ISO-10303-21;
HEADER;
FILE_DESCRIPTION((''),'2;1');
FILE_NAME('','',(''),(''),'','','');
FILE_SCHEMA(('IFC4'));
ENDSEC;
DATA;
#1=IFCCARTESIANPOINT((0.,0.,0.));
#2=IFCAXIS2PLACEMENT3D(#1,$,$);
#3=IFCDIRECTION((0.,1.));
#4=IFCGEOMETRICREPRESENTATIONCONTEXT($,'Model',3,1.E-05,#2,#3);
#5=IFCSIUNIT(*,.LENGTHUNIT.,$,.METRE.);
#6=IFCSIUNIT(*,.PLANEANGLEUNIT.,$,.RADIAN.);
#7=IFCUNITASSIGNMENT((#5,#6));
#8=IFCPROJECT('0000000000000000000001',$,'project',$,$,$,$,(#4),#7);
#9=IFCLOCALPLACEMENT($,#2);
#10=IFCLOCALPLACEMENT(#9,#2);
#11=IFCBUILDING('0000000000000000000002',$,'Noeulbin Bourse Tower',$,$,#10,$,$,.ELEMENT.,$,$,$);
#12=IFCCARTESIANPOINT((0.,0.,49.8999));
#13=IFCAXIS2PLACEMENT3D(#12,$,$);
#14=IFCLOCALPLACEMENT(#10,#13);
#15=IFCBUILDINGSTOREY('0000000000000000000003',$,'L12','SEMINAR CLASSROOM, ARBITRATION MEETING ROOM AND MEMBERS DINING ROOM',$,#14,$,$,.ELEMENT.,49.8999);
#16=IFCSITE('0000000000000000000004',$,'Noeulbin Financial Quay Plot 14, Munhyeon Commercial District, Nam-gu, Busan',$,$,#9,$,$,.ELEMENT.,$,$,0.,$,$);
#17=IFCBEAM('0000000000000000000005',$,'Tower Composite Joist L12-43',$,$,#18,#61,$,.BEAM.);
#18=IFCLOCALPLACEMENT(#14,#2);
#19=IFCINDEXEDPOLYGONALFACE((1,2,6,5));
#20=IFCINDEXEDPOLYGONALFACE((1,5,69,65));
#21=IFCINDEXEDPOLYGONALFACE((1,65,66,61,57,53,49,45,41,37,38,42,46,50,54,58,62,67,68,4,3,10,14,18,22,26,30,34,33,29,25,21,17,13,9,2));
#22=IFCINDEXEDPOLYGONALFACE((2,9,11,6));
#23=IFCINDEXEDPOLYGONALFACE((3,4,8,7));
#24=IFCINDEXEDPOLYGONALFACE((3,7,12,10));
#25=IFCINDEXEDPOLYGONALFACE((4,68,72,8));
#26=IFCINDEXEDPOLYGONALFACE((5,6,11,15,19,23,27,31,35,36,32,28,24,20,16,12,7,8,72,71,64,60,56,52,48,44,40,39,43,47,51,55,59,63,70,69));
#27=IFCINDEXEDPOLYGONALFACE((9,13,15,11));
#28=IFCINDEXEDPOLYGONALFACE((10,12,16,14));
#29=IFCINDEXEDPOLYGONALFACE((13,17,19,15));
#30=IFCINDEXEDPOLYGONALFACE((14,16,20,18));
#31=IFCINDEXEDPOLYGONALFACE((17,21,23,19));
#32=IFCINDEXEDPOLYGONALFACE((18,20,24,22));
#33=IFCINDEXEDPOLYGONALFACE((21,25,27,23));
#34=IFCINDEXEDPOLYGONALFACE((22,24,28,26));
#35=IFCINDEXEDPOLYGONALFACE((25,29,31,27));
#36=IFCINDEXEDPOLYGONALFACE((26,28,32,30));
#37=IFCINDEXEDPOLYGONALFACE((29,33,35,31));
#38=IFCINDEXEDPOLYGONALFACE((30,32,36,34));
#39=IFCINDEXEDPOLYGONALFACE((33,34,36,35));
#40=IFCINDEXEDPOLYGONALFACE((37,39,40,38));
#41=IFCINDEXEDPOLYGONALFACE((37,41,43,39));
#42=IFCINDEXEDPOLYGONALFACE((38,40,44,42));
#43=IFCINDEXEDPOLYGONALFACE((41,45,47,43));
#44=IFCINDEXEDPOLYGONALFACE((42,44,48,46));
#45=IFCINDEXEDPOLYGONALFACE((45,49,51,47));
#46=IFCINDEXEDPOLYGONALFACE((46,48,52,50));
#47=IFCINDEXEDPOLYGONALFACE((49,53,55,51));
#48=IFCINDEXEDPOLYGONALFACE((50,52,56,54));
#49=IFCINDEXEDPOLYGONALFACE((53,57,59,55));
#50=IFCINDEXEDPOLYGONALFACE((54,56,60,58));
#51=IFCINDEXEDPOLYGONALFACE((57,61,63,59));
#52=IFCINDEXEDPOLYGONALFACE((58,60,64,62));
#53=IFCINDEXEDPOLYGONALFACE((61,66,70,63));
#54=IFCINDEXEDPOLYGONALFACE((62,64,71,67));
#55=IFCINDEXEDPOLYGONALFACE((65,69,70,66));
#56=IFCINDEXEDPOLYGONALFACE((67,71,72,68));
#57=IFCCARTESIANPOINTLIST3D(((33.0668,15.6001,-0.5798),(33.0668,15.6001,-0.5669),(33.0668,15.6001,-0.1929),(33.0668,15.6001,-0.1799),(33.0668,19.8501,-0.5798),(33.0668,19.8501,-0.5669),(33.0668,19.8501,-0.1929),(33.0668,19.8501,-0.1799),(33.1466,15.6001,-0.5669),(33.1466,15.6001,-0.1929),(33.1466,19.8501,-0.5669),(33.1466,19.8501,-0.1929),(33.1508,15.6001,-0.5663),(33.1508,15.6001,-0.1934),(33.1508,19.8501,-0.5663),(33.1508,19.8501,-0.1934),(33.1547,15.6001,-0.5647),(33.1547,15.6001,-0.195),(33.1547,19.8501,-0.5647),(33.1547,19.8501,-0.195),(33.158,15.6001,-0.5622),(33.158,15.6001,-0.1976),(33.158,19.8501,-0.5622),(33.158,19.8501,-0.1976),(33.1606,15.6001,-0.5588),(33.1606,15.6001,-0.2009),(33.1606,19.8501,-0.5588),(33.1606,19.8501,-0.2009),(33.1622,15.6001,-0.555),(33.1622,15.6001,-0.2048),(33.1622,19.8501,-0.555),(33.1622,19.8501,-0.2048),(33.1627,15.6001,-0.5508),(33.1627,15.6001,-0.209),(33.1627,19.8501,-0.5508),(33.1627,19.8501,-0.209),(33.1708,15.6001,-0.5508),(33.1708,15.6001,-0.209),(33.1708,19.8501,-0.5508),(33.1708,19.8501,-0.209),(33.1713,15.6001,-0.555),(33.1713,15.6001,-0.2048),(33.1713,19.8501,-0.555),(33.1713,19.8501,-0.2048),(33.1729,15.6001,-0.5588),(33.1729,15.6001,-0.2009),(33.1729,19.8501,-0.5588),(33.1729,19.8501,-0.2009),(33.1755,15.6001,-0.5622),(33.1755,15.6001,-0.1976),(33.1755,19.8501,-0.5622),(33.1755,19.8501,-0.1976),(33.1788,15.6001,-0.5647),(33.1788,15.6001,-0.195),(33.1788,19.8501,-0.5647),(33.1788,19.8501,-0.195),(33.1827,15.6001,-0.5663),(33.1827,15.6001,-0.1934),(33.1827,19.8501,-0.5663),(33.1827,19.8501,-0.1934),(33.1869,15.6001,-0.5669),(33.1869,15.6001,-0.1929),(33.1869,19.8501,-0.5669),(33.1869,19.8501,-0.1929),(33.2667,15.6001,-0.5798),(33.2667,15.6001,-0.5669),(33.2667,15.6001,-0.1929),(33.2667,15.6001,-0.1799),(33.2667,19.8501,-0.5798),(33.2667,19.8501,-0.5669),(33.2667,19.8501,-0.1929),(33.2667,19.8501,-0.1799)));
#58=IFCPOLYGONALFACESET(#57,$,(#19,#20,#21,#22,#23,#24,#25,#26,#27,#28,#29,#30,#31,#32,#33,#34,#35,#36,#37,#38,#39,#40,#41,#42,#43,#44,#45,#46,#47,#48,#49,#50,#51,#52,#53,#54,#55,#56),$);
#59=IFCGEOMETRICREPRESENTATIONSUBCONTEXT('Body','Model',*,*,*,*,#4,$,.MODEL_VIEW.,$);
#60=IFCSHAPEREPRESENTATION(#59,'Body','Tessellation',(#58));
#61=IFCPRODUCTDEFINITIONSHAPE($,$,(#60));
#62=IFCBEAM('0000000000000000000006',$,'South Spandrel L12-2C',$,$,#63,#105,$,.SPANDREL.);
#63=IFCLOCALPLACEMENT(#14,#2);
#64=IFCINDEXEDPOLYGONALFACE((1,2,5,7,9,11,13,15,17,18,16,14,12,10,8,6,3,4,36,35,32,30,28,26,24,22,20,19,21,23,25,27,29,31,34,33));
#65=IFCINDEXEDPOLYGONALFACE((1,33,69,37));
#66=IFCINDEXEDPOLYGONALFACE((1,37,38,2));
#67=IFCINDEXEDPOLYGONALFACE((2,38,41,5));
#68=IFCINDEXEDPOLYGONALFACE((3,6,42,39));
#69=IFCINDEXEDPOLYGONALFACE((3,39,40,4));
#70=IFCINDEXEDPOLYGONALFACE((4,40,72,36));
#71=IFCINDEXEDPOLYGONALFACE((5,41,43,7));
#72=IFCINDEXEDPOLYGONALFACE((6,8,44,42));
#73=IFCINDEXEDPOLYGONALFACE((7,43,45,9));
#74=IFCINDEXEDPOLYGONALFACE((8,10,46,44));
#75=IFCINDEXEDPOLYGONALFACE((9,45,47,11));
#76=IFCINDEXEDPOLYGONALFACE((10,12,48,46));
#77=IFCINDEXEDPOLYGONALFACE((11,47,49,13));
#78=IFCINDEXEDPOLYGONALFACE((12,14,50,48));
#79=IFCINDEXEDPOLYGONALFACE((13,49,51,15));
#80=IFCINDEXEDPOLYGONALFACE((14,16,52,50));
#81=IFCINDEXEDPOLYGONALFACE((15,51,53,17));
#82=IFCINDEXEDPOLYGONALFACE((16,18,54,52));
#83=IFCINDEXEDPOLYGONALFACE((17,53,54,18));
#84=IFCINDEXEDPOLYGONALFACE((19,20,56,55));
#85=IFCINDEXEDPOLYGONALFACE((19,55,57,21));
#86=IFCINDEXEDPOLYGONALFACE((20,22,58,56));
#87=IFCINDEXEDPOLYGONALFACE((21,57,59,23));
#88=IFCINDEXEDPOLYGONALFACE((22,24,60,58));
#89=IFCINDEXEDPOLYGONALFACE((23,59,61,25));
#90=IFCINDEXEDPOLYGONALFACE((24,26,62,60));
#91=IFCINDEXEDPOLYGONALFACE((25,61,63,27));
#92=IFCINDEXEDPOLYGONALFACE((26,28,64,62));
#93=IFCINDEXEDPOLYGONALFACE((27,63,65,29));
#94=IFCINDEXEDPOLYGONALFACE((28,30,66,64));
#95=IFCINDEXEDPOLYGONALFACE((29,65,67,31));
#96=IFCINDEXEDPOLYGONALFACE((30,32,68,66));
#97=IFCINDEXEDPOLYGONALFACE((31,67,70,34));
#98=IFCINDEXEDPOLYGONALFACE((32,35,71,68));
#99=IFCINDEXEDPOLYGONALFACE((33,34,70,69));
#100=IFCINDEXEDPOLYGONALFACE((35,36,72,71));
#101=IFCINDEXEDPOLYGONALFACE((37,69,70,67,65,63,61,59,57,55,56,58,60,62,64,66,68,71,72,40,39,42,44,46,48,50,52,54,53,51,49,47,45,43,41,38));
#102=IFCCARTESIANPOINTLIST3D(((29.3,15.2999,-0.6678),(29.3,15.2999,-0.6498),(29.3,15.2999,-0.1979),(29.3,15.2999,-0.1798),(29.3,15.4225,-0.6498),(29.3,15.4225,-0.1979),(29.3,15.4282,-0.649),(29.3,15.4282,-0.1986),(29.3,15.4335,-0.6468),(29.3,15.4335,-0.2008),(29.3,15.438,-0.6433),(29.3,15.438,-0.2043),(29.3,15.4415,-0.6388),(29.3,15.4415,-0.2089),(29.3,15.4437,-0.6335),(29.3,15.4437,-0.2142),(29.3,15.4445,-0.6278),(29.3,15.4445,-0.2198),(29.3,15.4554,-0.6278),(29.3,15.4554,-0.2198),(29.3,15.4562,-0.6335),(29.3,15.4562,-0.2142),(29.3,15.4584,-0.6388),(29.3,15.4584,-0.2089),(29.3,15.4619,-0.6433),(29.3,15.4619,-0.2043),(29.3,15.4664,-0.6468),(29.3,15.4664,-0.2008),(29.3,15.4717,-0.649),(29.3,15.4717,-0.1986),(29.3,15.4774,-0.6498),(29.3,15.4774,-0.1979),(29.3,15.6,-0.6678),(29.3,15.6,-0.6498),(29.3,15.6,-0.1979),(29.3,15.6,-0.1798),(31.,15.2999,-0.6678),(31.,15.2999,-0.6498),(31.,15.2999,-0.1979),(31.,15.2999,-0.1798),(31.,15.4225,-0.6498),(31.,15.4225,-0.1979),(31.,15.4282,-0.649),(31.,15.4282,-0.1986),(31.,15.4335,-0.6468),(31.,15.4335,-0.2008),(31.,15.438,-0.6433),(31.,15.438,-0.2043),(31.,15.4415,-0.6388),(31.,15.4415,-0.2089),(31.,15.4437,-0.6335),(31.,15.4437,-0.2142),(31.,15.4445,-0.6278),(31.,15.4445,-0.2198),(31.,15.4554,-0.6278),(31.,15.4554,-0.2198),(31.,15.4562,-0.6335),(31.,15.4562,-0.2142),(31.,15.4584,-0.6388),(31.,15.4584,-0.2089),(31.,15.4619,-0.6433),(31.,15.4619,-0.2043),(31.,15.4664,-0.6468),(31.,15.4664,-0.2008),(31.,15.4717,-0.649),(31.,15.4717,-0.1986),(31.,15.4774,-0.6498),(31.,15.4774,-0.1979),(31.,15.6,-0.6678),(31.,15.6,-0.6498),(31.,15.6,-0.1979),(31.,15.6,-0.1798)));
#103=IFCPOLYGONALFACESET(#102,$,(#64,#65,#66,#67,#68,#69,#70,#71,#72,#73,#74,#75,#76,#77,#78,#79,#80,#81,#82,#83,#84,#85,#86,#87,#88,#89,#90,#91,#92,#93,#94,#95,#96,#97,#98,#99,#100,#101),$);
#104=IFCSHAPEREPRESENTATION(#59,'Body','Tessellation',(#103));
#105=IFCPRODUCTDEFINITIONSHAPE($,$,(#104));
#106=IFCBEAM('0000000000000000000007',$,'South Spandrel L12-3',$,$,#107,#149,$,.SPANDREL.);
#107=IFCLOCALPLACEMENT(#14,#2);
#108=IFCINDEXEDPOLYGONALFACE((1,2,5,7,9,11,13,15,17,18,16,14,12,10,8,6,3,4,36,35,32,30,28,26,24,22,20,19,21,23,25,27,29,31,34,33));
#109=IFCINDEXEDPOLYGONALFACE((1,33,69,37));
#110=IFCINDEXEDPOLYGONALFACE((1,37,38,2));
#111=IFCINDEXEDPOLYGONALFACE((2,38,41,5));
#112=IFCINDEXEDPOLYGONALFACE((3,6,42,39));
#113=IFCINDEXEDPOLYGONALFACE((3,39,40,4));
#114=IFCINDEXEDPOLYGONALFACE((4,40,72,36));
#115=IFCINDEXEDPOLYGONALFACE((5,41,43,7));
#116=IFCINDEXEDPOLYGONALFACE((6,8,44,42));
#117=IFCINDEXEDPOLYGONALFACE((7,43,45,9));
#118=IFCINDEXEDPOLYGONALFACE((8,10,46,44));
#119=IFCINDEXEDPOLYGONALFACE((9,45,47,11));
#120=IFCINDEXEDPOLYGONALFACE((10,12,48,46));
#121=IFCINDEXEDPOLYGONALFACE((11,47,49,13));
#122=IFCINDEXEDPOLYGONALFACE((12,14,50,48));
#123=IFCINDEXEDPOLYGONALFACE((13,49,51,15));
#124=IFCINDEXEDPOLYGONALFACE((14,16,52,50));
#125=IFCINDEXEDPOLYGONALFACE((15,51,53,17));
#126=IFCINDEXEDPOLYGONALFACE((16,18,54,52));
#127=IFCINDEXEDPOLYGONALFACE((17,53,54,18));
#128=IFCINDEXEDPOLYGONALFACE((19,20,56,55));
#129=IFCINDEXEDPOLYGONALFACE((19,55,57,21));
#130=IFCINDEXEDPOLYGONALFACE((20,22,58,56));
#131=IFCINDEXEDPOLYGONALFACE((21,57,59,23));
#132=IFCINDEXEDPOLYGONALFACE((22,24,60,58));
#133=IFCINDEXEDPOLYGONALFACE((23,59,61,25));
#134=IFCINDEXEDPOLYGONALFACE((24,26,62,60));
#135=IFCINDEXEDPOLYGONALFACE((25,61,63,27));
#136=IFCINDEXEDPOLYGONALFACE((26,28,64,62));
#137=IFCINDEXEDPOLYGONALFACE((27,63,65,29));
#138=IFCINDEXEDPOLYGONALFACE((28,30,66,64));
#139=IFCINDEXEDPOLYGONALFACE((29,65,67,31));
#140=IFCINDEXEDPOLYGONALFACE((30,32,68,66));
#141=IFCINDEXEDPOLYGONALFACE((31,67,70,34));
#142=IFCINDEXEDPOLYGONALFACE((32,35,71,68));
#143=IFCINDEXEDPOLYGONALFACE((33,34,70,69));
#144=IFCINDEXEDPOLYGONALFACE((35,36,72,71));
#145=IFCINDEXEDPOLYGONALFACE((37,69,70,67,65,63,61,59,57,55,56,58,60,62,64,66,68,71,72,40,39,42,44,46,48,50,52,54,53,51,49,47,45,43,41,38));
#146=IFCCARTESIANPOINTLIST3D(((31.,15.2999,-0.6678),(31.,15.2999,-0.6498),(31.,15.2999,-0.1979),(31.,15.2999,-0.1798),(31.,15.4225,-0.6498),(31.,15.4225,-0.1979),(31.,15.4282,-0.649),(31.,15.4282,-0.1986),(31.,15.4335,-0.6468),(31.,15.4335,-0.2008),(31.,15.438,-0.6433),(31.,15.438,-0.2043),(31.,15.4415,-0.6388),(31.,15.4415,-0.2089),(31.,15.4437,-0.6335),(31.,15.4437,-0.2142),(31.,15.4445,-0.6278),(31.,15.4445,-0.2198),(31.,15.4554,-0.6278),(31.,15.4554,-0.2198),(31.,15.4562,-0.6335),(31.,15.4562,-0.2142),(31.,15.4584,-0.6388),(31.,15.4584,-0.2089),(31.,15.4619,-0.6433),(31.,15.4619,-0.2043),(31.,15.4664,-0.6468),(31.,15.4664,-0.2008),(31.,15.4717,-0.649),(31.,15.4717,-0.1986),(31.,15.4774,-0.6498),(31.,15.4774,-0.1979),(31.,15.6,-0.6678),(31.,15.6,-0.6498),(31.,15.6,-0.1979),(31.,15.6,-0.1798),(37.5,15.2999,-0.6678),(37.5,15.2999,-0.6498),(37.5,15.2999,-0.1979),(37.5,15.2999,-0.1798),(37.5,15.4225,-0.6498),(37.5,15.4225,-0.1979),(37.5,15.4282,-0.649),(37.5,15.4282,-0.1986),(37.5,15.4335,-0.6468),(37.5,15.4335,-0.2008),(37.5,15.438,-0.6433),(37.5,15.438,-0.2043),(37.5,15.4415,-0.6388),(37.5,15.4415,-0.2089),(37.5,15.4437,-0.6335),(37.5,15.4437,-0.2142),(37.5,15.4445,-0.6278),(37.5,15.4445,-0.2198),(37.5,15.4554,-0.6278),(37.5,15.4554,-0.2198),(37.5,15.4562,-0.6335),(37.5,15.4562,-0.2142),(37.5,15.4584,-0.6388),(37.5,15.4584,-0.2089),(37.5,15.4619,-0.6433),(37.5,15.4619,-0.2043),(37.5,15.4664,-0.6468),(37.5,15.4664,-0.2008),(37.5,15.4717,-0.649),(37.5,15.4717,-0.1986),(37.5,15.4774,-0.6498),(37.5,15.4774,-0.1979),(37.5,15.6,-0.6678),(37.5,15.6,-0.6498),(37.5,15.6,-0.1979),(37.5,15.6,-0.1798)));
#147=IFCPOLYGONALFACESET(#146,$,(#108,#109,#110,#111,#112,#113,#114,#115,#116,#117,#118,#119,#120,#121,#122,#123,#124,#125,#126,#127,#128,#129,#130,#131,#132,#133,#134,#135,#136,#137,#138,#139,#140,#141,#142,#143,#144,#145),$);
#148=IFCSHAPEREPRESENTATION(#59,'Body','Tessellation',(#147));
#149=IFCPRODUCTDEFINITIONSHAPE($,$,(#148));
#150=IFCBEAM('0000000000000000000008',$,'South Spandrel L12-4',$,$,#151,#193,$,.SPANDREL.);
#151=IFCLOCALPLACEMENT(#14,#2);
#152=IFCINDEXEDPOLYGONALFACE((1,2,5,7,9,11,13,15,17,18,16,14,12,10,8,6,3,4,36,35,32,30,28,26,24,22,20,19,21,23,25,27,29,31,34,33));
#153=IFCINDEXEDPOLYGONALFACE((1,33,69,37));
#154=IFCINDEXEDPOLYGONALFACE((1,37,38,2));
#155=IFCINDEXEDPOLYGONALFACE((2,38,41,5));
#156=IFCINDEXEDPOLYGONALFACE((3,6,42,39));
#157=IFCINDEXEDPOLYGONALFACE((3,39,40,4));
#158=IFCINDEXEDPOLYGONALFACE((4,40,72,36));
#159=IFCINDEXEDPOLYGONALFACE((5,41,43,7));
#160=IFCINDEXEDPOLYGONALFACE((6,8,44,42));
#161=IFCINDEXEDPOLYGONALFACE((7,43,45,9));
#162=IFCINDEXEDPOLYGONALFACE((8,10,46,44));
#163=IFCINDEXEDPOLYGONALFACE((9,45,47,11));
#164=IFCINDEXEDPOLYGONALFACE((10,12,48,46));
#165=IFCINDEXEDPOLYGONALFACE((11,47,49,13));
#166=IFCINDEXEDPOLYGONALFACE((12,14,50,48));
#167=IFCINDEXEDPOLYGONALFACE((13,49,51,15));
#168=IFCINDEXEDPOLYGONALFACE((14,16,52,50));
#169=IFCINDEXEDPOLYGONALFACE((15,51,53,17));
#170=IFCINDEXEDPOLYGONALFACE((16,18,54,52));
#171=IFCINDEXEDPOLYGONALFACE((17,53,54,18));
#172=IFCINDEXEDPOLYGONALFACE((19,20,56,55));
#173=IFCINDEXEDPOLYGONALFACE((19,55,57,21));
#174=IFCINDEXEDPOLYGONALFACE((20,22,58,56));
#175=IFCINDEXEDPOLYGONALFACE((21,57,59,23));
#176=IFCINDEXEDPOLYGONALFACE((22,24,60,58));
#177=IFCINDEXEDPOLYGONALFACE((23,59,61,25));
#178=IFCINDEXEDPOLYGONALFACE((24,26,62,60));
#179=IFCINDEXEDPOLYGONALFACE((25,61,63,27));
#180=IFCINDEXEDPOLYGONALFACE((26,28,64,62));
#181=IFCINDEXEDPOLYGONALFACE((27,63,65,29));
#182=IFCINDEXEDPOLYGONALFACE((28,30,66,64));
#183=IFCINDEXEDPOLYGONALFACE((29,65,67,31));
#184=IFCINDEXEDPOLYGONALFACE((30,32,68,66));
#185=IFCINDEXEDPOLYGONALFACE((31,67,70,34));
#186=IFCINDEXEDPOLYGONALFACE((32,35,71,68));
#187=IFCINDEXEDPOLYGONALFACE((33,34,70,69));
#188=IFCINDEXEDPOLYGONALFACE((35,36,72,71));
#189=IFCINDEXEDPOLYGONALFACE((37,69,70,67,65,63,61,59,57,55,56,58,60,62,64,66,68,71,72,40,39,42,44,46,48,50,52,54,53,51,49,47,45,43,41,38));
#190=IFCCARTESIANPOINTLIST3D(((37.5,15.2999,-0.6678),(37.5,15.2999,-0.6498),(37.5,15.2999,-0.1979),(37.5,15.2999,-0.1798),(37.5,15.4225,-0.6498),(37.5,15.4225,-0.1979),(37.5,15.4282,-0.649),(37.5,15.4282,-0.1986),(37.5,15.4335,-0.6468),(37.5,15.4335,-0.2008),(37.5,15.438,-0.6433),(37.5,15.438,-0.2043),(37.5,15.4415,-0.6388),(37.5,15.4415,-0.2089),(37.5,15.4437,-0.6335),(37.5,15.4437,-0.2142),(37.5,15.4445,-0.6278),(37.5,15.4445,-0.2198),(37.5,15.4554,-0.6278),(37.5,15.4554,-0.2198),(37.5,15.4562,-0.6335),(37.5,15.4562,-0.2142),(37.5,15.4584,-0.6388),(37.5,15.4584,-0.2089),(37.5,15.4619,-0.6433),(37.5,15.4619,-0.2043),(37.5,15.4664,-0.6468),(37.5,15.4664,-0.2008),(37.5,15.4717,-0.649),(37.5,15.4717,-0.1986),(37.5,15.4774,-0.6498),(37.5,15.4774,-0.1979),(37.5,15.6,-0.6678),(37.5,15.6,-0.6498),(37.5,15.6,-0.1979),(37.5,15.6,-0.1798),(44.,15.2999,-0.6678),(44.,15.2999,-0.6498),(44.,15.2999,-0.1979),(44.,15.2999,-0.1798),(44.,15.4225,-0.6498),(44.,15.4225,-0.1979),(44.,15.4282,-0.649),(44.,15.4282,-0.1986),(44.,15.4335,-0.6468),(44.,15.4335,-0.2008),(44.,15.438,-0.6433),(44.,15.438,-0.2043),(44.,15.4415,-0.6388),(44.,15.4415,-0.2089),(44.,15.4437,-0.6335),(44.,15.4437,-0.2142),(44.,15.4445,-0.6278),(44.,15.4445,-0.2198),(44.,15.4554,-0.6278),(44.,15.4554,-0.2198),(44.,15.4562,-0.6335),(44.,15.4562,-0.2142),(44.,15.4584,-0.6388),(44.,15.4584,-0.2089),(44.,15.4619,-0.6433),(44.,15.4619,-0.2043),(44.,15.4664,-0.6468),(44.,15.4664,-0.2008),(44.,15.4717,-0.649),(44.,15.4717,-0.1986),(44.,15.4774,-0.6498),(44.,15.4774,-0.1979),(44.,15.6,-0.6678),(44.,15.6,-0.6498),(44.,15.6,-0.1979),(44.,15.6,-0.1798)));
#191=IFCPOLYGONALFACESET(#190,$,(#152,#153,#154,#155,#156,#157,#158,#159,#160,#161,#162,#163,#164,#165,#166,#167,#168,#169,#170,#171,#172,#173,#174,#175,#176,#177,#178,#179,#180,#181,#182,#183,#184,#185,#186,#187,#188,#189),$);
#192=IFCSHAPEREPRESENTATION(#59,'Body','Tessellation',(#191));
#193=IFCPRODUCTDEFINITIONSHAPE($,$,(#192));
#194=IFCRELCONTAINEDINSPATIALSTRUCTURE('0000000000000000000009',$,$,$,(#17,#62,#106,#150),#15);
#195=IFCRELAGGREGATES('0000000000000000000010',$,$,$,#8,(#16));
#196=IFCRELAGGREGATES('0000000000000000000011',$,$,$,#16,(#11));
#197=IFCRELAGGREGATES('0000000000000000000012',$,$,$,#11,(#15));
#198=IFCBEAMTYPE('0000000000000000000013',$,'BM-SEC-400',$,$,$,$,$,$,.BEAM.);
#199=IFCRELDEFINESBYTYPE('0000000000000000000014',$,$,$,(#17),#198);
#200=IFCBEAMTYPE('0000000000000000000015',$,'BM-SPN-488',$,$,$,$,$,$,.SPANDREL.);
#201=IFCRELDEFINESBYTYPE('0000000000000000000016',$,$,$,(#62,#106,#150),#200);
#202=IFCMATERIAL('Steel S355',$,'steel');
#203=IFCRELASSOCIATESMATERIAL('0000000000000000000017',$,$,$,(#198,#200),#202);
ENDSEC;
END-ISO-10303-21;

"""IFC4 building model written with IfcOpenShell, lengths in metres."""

from ifc_helpers import new_model, si_unit, direction, frame, origin, origin_2d, place, context, subcontext, project, spatial, i_section, extrude, material, material_profile, profile_set, type_object, element, save


model = new_model("IFC4")

# Units and contexts
model_context = context("Model", 3, precision=1e-05, world=origin(), true_north=direction((0.0, 1.0)))
body_context = subcontext(model_context, "Body", "Model", "MODEL_VIEW")
ifc_project = project(units=[si_unit("LENGTHUNIT", "METRE"), si_unit("PLANEANGLEUNIT", "RADIAN")], contexts=[model_context])

# Site, building, storey
site_placement = place(None, origin())
site = spatial("IfcSite", under=ifc_project, at=site_placement, Name="Noeulbin Financial Quay Plot 14, Munhyeon Commercial District, Nam-gu, Busan", CompositionType="ELEMENT", RefElevation=0.0)
building_placement = place(site_placement, origin())
building = spatial("IfcBuilding", under=site, at=building_placement, Name="Noeulbin Bourse Tower", CompositionType="ELEMENT")
storey_placement = place(building_placement, frame((0.0, 0.0, 49.8999)))
storey = spatial("IfcBuildingStorey", under=building, at=storey_placement, Name="L12", Description="SEMINAR CLASSROOM, ARBITRATION MEETING ROOM AND MEMBERS DINING ROOM", CompositionType="ELEMENT", Elevation=49.8999)

# Beams
ifc_material_1 = material(Name="Steel S355", Category="steel")
ifc_material_profile_1 = material_profile(ifc_material_1, i_section(OverallWidth=0.2, OverallDepth=0.3999, WebThickness=0.0081, FlangeThickness=0.0129, FilletRadius=0.0161, at=origin_2d()), Name="H-400x200x8x13", Category="LoadBearing")
ifc_profile_set_1 = profile_set([ifc_material_profile_1], Name="Steel S355")
beam_type_1 = type_object("IfcBeamType", Name="BM-SEC-400", PredefinedType="BEAM", material=ifc_profile_set_1)
for number, where, z_axis, x_axis, name in (
    (1, (33.1667, 15.6001, -0.3799), (0.0, 1.0, 0.0), (-1.0, 0.0, 0.0), "Tower Composite Joist L12-43"),
):
    element("IfcBeam", number, at=place(storey_placement, frame(where, z_axis=z_axis, x_axis=x_axis)), inside=storey, type_object=beam_type_1, Name=name, PredefinedType="BEAM", context=body_context, shape_type="SweptSolid", body=[
        extrude(i_section(OverallWidth=0.2, OverallDepth=0.3999, WebThickness=0.0081, FlangeThickness=0.0129, FilletRadius=0.0161, at=origin_2d()), origin(), (0.0, 0.0, 1.0), 4.25),
    ])
ifc_material_profile_2 = material_profile(ifc_material_1, i_section(OverallWidth=0.3, OverallDepth=0.488, WebThickness=0.011, FlangeThickness=0.0181, FilletRadius=0.022, at=origin_2d()), Name="H-488x300x11x18", Category="LoadBearing")
ifc_profile_set_2 = profile_set([ifc_material_profile_2], Name="Steel S355")
beam_type_2 = type_object("IfcBeamType", Name="BM-SPN-488", PredefinedType="SPANDREL", material=ifc_profile_set_2)
beam_1_placement = place(storey_placement, frame((29.3, 15.45, -0.4238), z_axis=(1.0, 0.0, 0.0), x_axis=(0.0, 1.0, 0.0)))
element("IfcBeam", 2, at=beam_1_placement, inside=storey, type_object=beam_type_2, Name="South Spandrel L12-2C", PredefinedType="SPANDREL", context=body_context, shape_type="SweptSolid", body=[
    extrude(i_section(OverallWidth=0.3, OverallDepth=0.488, WebThickness=0.011, FlangeThickness=0.0181, FilletRadius=0.022, at=origin_2d()), origin(), (0.0, 0.0, 1.0), 1.7),
])
for number, where, z_axis, x_axis, name in (
    (3, (31.0, 15.45, -0.4238), (1.0, 0.0, 0.0), (0.0, 1.0, 0.0), "South Spandrel L12-3"),
    (4, (37.5, 15.45, -0.4238), (1.0, 0.0, 0.0), (0.0, 1.0, 0.0), "South Spandrel L12-4"),
):
    element("IfcBeam", number, at=place(storey_placement, frame(where, z_axis=z_axis, x_axis=x_axis)), inside=storey, type_object=beam_type_2, Name=name, PredefinedType="SPANDREL", context=body_context, shape_type="SweptSolid", body=[
        extrude(i_section(OverallWidth=0.3, OverallDepth=0.488, WebThickness=0.011, FlangeThickness=0.0181, FilletRadius=0.022, at=origin_2d()), origin(), (0.0, 0.0, 1.0), 6.5),
    ])

save(model, "model.ifc")
